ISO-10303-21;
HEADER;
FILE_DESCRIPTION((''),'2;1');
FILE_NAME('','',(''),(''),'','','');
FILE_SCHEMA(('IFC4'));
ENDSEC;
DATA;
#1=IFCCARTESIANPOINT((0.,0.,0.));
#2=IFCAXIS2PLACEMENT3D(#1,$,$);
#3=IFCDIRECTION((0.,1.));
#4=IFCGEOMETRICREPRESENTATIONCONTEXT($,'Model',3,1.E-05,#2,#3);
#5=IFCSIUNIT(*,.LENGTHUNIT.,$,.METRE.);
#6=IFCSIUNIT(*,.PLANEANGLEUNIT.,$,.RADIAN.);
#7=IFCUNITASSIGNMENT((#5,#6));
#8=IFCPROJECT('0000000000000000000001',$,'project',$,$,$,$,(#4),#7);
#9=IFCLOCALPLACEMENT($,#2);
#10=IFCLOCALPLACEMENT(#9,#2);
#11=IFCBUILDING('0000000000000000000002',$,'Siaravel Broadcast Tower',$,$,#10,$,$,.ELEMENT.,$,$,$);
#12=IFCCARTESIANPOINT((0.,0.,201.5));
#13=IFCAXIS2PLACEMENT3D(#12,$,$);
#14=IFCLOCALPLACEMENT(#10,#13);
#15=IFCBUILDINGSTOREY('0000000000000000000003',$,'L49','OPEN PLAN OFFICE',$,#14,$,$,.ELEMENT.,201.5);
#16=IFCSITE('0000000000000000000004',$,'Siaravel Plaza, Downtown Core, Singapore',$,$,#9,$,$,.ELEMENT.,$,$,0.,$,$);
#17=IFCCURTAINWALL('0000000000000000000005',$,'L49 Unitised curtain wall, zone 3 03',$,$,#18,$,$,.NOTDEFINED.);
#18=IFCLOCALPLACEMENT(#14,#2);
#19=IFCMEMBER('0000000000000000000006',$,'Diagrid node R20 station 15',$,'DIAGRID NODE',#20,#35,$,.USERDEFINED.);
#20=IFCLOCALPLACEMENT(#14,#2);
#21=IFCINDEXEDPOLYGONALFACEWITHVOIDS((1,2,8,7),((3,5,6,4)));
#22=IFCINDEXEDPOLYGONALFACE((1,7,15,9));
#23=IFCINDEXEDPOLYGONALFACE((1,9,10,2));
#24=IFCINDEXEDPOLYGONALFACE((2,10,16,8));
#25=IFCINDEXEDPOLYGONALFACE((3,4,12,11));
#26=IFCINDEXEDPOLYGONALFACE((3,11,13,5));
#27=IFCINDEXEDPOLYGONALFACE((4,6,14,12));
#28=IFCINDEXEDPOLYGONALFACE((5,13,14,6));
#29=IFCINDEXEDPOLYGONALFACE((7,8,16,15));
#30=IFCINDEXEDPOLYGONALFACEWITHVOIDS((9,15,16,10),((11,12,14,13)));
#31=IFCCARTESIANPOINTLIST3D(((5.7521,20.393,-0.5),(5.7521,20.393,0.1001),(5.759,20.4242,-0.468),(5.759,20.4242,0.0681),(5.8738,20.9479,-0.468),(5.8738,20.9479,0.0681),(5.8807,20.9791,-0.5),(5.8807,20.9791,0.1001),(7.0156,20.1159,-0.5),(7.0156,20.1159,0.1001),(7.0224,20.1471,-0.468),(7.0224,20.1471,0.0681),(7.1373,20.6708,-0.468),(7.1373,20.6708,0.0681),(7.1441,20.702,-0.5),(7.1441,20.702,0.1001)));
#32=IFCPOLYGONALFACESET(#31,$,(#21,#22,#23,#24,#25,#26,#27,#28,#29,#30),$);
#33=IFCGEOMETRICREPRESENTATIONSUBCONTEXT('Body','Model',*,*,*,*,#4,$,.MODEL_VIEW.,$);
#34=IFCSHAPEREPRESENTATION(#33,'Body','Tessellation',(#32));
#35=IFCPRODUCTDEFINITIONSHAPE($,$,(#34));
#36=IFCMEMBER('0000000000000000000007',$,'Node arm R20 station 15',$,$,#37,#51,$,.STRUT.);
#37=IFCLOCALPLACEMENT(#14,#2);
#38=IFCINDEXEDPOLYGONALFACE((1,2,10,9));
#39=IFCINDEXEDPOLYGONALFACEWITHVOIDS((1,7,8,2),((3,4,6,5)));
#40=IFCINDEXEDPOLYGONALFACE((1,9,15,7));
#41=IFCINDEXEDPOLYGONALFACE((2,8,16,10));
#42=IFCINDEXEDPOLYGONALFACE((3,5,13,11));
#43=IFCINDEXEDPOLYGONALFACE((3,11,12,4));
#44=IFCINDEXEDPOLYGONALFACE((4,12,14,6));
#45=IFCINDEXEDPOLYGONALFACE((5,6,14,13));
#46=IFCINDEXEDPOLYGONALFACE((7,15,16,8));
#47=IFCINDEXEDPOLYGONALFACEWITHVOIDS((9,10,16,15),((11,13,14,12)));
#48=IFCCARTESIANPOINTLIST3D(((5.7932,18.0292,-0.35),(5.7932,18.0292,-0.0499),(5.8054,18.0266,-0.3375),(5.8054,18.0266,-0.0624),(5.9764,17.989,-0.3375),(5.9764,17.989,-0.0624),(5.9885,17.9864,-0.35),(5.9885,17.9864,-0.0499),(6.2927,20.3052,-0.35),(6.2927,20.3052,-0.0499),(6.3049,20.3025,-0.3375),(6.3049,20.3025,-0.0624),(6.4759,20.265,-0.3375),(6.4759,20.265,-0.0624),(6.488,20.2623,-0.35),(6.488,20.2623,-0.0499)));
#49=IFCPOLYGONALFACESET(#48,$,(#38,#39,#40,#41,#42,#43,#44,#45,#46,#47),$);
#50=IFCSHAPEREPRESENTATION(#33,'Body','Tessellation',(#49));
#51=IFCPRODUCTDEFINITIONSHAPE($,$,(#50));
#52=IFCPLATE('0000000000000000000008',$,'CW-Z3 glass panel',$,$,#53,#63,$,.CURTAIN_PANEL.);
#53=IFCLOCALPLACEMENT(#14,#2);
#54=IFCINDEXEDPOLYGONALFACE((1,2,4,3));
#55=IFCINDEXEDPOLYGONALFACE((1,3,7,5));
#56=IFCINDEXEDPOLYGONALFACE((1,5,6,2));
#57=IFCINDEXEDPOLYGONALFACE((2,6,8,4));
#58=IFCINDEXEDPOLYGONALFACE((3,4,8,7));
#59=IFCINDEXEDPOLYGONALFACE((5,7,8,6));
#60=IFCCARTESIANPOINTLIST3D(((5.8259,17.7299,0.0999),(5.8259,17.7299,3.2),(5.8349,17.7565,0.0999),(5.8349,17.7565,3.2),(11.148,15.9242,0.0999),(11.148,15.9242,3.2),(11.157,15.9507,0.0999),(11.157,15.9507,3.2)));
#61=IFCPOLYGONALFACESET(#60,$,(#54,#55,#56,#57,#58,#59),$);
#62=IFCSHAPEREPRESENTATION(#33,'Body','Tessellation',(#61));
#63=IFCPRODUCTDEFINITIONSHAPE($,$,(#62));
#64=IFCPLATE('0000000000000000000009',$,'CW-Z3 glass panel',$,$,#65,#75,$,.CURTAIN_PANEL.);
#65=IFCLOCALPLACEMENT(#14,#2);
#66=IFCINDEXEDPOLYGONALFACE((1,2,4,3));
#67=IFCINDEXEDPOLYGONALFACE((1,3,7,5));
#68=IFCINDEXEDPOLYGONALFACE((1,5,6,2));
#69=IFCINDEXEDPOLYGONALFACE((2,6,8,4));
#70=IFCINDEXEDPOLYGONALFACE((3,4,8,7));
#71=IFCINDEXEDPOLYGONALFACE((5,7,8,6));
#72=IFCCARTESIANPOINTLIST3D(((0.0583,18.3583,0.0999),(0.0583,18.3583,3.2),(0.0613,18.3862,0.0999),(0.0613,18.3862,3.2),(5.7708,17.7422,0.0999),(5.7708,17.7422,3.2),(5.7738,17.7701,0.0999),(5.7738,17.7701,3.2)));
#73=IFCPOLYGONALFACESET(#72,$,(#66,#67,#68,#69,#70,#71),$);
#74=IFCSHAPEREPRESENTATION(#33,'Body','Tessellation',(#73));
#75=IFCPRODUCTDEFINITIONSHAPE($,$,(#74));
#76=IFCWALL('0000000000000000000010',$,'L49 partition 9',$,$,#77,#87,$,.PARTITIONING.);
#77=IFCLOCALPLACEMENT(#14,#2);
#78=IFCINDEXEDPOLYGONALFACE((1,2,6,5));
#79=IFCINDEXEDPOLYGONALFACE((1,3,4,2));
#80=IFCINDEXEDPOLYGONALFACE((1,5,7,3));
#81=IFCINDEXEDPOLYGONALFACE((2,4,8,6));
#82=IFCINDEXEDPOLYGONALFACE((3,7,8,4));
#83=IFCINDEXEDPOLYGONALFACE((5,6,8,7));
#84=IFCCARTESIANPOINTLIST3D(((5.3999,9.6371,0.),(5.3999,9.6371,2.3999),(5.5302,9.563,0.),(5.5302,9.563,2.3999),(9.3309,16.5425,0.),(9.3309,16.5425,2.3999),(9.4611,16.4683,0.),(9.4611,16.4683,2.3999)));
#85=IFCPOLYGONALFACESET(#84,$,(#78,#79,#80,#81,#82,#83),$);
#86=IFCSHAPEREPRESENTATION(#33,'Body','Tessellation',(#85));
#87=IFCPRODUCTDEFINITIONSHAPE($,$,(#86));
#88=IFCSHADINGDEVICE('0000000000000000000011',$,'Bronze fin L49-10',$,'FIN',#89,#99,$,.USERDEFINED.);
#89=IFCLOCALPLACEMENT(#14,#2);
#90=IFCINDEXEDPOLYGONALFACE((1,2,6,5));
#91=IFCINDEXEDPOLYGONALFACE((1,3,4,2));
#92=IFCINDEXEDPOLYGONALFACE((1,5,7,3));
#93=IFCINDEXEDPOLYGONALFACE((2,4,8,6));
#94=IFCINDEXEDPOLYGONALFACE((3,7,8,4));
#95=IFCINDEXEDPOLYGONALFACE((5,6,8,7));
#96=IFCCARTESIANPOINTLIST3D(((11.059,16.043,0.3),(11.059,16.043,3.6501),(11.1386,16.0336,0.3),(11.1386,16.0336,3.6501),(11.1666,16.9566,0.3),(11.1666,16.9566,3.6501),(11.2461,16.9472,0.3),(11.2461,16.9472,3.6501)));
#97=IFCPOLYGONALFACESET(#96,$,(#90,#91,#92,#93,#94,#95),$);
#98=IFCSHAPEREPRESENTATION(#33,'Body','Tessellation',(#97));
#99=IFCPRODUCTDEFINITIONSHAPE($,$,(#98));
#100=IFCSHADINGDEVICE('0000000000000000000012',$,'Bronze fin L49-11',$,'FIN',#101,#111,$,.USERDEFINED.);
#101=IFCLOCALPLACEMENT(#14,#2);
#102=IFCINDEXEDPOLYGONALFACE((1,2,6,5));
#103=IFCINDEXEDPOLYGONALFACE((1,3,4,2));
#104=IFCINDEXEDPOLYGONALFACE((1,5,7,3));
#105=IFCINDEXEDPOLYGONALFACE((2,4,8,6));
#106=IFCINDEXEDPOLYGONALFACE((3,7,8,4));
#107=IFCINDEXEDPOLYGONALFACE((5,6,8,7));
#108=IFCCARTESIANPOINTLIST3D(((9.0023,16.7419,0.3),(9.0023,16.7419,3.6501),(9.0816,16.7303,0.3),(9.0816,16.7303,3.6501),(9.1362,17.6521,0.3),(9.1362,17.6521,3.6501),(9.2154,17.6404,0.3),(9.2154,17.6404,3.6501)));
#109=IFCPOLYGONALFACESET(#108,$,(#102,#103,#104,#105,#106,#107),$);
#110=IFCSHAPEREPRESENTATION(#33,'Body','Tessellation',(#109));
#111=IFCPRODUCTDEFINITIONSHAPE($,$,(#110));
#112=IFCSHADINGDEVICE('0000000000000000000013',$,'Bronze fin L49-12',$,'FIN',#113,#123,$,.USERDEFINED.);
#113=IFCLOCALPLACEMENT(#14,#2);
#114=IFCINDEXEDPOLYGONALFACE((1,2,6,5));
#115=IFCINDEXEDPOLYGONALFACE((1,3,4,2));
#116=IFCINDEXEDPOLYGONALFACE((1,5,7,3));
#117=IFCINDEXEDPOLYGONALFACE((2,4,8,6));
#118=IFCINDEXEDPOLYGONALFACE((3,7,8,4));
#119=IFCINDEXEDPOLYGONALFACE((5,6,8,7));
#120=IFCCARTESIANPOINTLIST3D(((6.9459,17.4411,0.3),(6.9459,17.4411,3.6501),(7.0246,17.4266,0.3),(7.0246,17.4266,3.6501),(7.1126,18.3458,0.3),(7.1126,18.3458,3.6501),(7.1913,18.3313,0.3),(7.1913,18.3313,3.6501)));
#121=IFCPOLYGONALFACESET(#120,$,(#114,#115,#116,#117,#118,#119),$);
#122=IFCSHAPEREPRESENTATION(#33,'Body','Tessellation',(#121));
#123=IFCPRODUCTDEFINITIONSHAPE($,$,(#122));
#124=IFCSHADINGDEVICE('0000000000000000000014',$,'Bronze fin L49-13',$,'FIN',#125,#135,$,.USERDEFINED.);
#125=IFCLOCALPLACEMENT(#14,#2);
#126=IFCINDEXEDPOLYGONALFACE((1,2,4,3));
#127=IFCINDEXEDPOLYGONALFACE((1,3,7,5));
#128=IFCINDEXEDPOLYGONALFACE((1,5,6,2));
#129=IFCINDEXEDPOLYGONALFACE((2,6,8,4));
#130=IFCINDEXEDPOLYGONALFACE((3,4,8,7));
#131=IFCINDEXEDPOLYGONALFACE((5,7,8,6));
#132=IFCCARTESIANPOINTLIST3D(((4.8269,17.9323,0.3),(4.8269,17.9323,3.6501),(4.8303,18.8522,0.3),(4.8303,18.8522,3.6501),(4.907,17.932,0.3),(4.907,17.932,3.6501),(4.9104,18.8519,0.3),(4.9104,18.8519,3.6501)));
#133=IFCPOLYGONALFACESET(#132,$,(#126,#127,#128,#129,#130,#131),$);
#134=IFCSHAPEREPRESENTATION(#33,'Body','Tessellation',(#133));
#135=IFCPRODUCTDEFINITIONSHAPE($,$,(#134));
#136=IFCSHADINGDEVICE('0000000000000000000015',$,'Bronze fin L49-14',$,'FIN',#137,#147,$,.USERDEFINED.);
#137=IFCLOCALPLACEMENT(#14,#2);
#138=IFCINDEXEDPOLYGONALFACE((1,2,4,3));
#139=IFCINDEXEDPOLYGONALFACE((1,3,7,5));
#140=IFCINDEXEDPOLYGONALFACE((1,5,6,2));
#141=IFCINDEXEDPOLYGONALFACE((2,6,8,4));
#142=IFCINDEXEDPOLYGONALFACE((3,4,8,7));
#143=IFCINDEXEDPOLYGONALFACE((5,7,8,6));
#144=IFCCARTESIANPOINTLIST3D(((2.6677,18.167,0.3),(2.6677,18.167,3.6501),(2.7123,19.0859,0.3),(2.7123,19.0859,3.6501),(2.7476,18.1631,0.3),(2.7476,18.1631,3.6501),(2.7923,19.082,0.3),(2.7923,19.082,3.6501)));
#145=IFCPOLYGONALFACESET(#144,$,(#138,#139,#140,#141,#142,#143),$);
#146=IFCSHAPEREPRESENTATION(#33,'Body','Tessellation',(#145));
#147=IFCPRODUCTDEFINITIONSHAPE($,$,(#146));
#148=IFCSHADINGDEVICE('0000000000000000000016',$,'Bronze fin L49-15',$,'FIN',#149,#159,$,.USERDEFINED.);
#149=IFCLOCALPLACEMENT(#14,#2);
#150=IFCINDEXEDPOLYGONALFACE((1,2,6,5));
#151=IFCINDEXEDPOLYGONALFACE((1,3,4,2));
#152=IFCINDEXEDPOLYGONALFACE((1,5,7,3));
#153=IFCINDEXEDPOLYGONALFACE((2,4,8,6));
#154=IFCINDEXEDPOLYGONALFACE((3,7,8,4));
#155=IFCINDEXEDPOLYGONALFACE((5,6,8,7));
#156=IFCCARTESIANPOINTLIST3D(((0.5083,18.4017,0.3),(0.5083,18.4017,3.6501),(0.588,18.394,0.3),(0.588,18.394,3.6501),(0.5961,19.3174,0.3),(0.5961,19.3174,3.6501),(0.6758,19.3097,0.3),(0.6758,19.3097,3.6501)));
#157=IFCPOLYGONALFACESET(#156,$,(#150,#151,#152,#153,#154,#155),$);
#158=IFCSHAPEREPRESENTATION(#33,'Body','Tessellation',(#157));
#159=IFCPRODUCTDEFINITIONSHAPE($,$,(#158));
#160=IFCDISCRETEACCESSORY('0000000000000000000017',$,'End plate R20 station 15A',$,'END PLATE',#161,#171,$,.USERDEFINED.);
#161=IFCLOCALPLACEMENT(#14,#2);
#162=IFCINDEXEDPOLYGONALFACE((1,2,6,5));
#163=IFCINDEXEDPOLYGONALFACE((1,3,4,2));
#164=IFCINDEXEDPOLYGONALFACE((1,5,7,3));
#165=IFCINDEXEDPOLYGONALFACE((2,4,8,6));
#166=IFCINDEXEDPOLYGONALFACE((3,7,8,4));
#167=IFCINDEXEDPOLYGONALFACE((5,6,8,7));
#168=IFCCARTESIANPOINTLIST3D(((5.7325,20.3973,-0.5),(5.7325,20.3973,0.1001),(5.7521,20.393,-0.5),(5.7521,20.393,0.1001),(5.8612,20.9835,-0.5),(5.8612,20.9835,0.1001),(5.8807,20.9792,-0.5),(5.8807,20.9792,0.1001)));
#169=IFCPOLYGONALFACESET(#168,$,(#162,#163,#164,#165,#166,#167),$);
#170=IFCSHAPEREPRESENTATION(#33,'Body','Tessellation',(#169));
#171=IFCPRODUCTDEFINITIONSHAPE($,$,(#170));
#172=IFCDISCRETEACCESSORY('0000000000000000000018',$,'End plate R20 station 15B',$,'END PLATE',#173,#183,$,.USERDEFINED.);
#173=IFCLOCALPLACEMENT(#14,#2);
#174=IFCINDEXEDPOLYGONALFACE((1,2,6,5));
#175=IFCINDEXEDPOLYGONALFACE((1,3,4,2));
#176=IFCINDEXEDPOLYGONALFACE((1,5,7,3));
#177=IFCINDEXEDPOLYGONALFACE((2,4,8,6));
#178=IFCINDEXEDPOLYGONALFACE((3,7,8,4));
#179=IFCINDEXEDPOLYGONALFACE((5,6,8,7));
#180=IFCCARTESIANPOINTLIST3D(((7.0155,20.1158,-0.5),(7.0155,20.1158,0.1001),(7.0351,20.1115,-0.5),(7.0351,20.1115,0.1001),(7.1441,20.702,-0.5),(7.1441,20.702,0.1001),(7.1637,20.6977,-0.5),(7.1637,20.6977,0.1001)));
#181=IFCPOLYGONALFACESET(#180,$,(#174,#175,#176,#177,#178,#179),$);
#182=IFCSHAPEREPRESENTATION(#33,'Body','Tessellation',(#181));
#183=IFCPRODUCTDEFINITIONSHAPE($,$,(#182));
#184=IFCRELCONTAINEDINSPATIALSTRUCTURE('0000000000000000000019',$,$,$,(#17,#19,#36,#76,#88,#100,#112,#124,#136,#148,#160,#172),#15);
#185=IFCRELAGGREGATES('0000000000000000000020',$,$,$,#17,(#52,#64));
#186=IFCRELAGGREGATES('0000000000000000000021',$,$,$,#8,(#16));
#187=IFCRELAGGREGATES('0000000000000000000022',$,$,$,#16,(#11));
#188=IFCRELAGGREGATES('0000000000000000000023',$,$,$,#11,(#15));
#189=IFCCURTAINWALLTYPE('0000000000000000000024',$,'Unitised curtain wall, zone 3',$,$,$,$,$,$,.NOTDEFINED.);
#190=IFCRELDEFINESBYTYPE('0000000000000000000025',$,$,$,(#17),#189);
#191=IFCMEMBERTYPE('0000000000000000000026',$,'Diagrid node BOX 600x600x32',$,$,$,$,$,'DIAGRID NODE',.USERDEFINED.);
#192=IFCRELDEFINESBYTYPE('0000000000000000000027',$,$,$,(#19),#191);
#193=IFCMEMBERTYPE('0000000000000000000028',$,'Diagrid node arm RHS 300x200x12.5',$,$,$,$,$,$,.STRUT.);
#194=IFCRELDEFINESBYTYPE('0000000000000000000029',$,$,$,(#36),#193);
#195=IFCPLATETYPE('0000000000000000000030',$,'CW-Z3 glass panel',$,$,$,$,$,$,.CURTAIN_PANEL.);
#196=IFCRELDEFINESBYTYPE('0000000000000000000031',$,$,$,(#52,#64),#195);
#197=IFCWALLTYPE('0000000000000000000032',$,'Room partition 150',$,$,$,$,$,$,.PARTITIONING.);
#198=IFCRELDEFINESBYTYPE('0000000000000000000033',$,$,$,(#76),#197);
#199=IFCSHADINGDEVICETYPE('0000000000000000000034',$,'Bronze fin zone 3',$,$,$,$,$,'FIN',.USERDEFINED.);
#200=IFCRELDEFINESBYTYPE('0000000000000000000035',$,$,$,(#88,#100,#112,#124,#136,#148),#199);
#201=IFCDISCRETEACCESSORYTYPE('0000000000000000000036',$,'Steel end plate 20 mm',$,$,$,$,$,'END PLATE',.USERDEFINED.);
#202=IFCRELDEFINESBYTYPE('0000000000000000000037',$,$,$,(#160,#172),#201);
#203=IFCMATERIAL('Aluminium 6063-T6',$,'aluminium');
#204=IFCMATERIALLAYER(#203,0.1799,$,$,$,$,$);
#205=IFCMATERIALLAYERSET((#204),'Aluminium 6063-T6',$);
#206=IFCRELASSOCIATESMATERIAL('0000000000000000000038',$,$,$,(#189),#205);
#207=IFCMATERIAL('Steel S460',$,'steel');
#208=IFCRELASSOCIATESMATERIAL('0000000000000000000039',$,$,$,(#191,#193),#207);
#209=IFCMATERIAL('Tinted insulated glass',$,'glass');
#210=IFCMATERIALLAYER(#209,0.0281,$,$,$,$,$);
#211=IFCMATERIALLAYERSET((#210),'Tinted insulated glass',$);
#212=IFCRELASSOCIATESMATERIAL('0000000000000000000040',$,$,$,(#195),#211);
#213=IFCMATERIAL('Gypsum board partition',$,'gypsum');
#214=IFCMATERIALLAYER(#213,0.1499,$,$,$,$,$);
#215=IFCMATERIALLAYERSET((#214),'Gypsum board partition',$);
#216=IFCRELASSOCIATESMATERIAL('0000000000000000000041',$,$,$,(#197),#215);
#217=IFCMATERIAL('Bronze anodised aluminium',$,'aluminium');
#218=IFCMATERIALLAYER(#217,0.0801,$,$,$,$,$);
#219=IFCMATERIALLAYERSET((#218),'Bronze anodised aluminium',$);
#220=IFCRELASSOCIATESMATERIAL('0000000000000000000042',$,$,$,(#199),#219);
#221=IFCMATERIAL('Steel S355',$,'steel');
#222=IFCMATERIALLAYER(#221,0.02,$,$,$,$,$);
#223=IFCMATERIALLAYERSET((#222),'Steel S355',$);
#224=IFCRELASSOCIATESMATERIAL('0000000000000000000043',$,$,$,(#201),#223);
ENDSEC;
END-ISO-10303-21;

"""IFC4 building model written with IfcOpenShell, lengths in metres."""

from ifc_helpers import new_model, si_unit, direction, frame, frame_2d, origin, origin_2d, place, context, subcontext, project, spatial, rectangle, hollow_rectangle, extrude, material, layer, layer_set, material_profile, profile_set, type_object, element, aggregate, save


model = new_model("IFC4")

# Units and contexts
model_context = context("Model", 3, precision=1e-05, world=origin(), true_north=direction((0.0, 1.0)))
body_context = subcontext(model_context, "Body", "Model", "MODEL_VIEW")
ifc_project = project(units=[si_unit("LENGTHUNIT", "METRE"), si_unit("PLANEANGLEUNIT", "RADIAN")], contexts=[model_context])

# Site, building, storey
site_placement = place(None, origin())
site = spatial("IfcSite", under=ifc_project, at=site_placement, Name="Siaravel Plaza, Downtown Core, Singapore", CompositionType="ELEMENT", RefElevation=0.0)
building_placement = place(site_placement, origin())
building = spatial("IfcBuilding", under=site, at=building_placement, Name="Siaravel Broadcast Tower", CompositionType="ELEMENT")
storey_placement = place(building_placement, frame((0.0, 0.0, 201.5)))
storey = spatial("IfcBuildingStorey", under=building, at=storey_placement, Name="L49", Description="OPEN PLAN OFFICE", CompositionType="ELEMENT", Elevation=201.5)

# Shared definitions
ifc_material_1 = material(Name="Steel S355", Category="steel")

# Curtain wall
ifc_material_2 = material(Name="Aluminium 6063-T6", Category="aluminium")
ifc_layer_1 = layer(ifc_material_2, 0.1799)
ifc_layer_set_1 = layer_set([ifc_layer_1], Name="Aluminium 6063-T6")
curtain_wall_type = type_object("IfcCurtainWallType", Name="Unitised curtain wall, zone 3", PredefinedType="NOTDEFINED", material=ifc_layer_set_1)
curtain_wall_placement = place(storey_placement, origin())
curtain_wall = element("IfcCurtainWall", 1, at=curtain_wall_placement, inside=storey, type_object=curtain_wall_type, Name="L49 Unitised curtain wall, zone 3 03", PredefinedType="NOTDEFINED")

# Members
ifc_material_3 = material(Name="Steel S460", Category="steel")
ifc_material_profile_1 = material_profile(ifc_material_3, hollow_rectangle(XDim=0.6001, YDim=0.6001, WallThickness=0.032, at=origin_2d()))
ifc_profile_set_1 = profile_set([ifc_material_profile_1], Name="Steel S460")
member_type_1 = type_object("IfcMemberType", Name="Diagrid node BOX 600x600x32", ElementType="DIAGRID NODE", PredefinedType="USERDEFINED", material=ifc_profile_set_1)
member_1_placement = place(storey_placement, frame((7.0798, 20.4089, -0.2), z_axis=(-0.976783, 0.214232, 0.0), x_axis=(-0.214232, -0.976783, 0.0)))
element("IfcMember", 2, at=member_1_placement, inside=storey, type_object=member_type_1, Name="Diagrid node R20 station 15", ObjectType="DIAGRID NODE", PredefinedType="USERDEFINED", context=body_context, shape_type="SweptSolid", body=[
    extrude(hollow_rectangle(XDim=0.6001, YDim=0.6001, WallThickness=0.032, at=origin_2d()), origin(), (0.0, 0.0, 1.0), 1.2935),
])
ifc_material_profile_2 = material_profile(ifc_material_3, hollow_rectangle(XDim=0.2, YDim=0.3, WallThickness=0.0125, at=origin_2d()))
ifc_profile_set_2 = profile_set([ifc_material_profile_2], Name="Steel S460")
member_type_2 = type_object("IfcMemberType", Name="Diagrid node arm RHS 300x200x12.5", PredefinedType="STRUT", material=ifc_profile_set_2)
member_2_placement = place(storey_placement, frame((5.8909, 18.0078, -0.2), z_axis=(0.214378, 0.976751, 0.0), x_axis=(-0.976751, 0.214378, 0.0)))
element("IfcMember", 3, at=member_2_placement, inside=storey, type_object=member_type_2, Name="Node arm R20 station 15", PredefinedType="STRUT", context=body_context, shape_type="SweptSolid", body=[
    extrude(hollow_rectangle(XDim=0.2, YDim=0.3, WallThickness=0.0125, at=origin_2d()), origin(), (0.0, 0.0, 1.0), 2.3301),
])

# Plates
ifc_material_4 = material(Name="Tinted insulated glass", Category="glass")
ifc_layer_2 = layer(ifc_material_4, 0.0281)
ifc_layer_set_2 = layer_set([ifc_layer_2], Name="Tinted insulated glass")
plate_type = type_object("IfcPlateType", Name="CW-Z3 glass panel", PredefinedType="CURTAIN_PANEL", material=ifc_layer_set_2)
plate_1_placement = place(storey_placement, frame((8.4915, 16.8403, 0.0999), z_axis=(0.0, 0.0, 1.0), x_axis=(-0.946977, 0.321302, 0.0)))
plate_1 = element("IfcPlate", 4, at=plate_1_placement, type_object=plate_type, Name="CW-Z3 glass panel", PredefinedType="CURTAIN_PANEL", context=body_context, shape_type="SweptSolid", body=[
    extrude(rectangle(XDim=5.6201, YDim=0.0281, at=origin_2d()), origin(), (0.0, 0.0, 1.0), 3.1001),
])
plate_2_placement = place(storey_placement, frame((2.916, 18.0642, 0.0999), z_axis=(0.0, 0.0, 1.0), x_axis=(-0.994236, 0.107218, 0.0)))
plate_2 = element("IfcPlate", 5, at=plate_2_placement, type_object=plate_type, Name="CW-Z3 glass panel", PredefinedType="CURTAIN_PANEL", context=body_context, shape_type="SweptSolid", body=[
    extrude(rectangle(XDim=5.7456, YDim=0.0281, at=origin_2d()), origin(), (0.0, 0.0, 1.0), 3.1001),
])
aggregate(curtain_wall, [plate_1, plate_2])

# Wall
ifc_material_5 = material(Name="Gypsum board partition", Category="gypsum")
ifc_layer_3 = layer(ifc_material_5, 0.1499)
ifc_layer_set_3 = layer_set([ifc_layer_3], Name="Gypsum board partition")
wall_type = type_object("IfcWallType", Name="Room partition 150", PredefinedType="PARTITIONING", material=ifc_layer_set_3)
wall_placement = place(storey_placement, frame((9.396, 16.5054, 0.0), z_axis=(0.0, 0.0, 1.0), x_axis=(-0.494719, -0.869053, 0.0)))
element("IfcWall", 6, at=wall_placement, inside=storey, type_object=wall_type, Name="L49 partition 9", PredefinedType="PARTITIONING", context=body_context, shape_type="SweptSolid", body=[
    extrude(rectangle(XDim=7.9458, YDim=0.1499, at=frame_2d((3.9729, 0.0))), origin(), (0.0, 0.0, 1.0), 2.3999),
])

# Shading devices
ifc_material_6 = material(Name="Bronze anodised aluminium", Category="aluminium")
ifc_layer_4 = layer(ifc_material_6, 0.0801)
ifc_layer_set_4 = layer_set([ifc_layer_4], Name="Bronze anodised aluminium")
shading_device_type = type_object("IfcShadingDeviceType", Name="Bronze fin zone 3", ElementType="FIN", PredefinedType="USERDEFINED", material=ifc_layer_set_4)
for number, where, z_axis, x_axis, name in (
    (7, (11.1526, 16.4951, 0.3), (0.0, 0.0, 1.0), (0.116934, 0.99314, 0.0), "Bronze fin L49-10"),
    (8, (9.1089, 17.1912, 0.3), (0.0, 0.0, 1.0), (0.145536, 0.989353, 0.0), "Bronze fin L49-11"),
    (9, (7.0686, 17.8862, 0.3), (0.0, 0.0, 1.0), (0.181232, 0.98344, 0.0), "Bronze fin L49-12"),
    (10, (4.8687, 18.3921, 0.3), (0.0, 0.0, 1.0), (0.003653, 0.999993, 0.0), "Bronze fin L49-13"),
    (11, (2.73, 18.6245, 0.3), (0.0, 0.0, 1.0), (0.048548, 0.998821, 0.0), "Bronze fin L49-14"),
    (12, (0.592, 18.8557, 0.3), (0.0, 0.0, 1.0), (0.09549, 0.99543, 0.0), "Bronze fin L49-15"),
):
    element("IfcShadingDevice", number, at=place(storey_placement, frame(where, z_axis=z_axis, x_axis=x_axis)), inside=storey, type_object=shading_device_type, Name=name, ObjectType="FIN", PredefinedType="USERDEFINED", context=body_context, shape_type="SweptSolid", body=[
        extrude(rectangle(XDim=0.9199, YDim=0.0801, at=origin_2d()), origin(), (0.0, 0.0, 1.0), 3.3501),
    ])

# Discrete accessories
ifc_layer_5 = layer(ifc_material_1, 0.02)
ifc_layer_set_5 = layer_set([ifc_layer_5], Name="Steel S355")
discrete_accessory_type = type_object("IfcDiscreteAccessoryType", Name="Steel end plate 20 mm", ElementType="END PLATE", PredefinedType="USERDEFINED", material=ifc_layer_set_5)
for number, where, z_axis, x_axis, name in (
    (13, (5.8066, 20.6882, -0.5), (0.0, 0.0, 1.0), (-0.976751, 0.214377, 0.0), "End plate R20 station 15A"),
    (14, (7.0896, 20.4067, -0.5), (0.0, 0.0, 1.0), (-0.976751, 0.214377, 0.0), "End plate R20 station 15B"),
):
    element("IfcDiscreteAccessory", number, at=place(storey_placement, frame(where, z_axis=z_axis, x_axis=x_axis)), inside=storey, type_object=discrete_accessory_type, Name=name, ObjectType="END PLATE", PredefinedType="USERDEFINED", context=body_context, shape_type="SweptSolid", body=[
        extrude(rectangle(XDim=0.02, YDim=0.6001, at=origin_2d()), origin(), (0.0, 0.0, 1.0), 0.6001),
    ])

save(model, "model.ifc")
